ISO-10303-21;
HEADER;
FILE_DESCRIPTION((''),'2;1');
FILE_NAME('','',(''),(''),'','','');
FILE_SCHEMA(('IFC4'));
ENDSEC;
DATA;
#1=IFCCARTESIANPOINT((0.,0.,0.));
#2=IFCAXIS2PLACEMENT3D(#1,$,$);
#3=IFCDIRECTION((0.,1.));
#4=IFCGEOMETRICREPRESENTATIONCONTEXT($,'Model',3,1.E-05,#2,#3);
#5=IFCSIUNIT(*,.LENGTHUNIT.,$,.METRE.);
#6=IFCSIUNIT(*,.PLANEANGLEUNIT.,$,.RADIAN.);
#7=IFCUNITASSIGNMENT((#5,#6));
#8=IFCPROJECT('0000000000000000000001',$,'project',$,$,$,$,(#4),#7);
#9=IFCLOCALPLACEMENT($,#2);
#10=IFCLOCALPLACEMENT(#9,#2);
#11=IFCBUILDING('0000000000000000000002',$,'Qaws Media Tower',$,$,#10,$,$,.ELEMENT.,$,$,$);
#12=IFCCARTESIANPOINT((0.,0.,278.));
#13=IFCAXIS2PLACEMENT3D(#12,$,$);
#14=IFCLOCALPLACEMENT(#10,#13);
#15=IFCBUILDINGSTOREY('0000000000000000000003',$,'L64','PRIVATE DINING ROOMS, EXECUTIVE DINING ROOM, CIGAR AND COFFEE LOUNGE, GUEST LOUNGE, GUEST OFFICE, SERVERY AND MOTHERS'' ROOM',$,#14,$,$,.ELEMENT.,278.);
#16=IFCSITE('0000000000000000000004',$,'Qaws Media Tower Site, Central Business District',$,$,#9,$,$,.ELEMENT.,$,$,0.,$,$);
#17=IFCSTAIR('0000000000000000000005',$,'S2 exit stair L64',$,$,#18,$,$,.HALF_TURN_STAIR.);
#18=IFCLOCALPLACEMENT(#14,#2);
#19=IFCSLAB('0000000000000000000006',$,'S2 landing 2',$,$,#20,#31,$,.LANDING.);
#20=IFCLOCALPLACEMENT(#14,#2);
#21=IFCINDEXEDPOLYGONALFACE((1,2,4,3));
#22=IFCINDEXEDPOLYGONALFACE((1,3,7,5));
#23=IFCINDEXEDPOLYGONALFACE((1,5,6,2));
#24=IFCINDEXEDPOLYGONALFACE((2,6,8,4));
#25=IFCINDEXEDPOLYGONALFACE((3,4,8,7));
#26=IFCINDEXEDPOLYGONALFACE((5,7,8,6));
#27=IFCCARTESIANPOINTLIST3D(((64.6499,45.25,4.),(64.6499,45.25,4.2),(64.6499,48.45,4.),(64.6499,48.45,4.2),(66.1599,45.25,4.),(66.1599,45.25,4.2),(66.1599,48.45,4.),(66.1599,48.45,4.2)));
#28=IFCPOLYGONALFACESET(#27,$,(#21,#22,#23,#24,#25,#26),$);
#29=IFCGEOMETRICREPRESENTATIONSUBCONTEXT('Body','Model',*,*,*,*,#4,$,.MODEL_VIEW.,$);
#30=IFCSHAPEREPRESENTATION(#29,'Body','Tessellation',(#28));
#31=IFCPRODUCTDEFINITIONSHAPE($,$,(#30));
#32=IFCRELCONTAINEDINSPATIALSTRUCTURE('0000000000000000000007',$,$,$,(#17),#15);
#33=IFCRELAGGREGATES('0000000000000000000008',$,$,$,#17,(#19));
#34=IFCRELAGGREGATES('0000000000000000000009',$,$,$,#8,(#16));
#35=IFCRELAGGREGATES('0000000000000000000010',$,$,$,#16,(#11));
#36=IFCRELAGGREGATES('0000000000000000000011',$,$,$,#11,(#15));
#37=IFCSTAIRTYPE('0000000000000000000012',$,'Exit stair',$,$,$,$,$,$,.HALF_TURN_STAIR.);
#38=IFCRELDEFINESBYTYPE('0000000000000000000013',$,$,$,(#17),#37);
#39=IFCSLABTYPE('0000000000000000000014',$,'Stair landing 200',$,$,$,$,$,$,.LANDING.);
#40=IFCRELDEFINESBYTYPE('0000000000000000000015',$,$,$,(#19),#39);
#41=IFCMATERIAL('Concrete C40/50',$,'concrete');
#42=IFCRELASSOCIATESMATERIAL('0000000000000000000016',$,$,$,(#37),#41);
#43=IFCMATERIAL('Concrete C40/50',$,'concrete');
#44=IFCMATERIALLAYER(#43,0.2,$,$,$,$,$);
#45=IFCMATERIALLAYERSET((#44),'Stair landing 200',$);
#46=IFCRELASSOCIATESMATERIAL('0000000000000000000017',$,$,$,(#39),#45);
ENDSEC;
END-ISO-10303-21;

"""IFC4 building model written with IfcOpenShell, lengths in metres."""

from ifc_helpers import new_model, si_unit, direction, frame, origin, place, context, subcontext, project, spatial, polyline, outline, extrude, material, layer, layer_set, type_object, element, aggregate, save


model = new_model("IFC4")

# Units and contexts
model_context = context("Model", 3, precision=1e-05, world=origin(), true_north=direction((0.0, 1.0)))
body_context = subcontext(model_context, "Body", "Model", "MODEL_VIEW")
ifc_project = project(units=[si_unit("LENGTHUNIT", "METRE"), si_unit("PLANEANGLEUNIT", "RADIAN")], contexts=[model_context])

# Site, building, storey
site_placement = place(None, origin())
site = spatial("IfcSite", under=ifc_project, at=site_placement, Name="Qaws Media Tower Site, Central Business District", CompositionType="ELEMENT", RefElevation=0.0)
building_placement = place(site_placement, origin())
building = spatial("IfcBuilding", under=site, at=building_placement, Name="Qaws Media Tower", CompositionType="ELEMENT")
storey_placement = place(building_placement, frame((0.0, 0.0, 278.0)))
storey = spatial("IfcBuildingStorey", under=building, at=storey_placement, Name="L64", Description="PRIVATE DINING ROOMS, EXECUTIVE DINING ROOM, CIGAR AND COFFEE LOUNGE, GUEST LOUNGE, GUEST OFFICE, SERVERY AND MOTHERS' ROOM", CompositionType="ELEMENT", Elevation=278.0)

# Stair, slab
ifc_material_1 = material(Name="Concrete C40/50", Category="concrete")
stair_type = type_object("IfcStairType", Name="Exit stair", PredefinedType="HALF_TURN_STAIR", material=ifc_material_1)
ifc_material_2 = material(Name="Concrete C40/50", Category="concrete")
ifc_layer_1 = layer(ifc_material_2, 0.2)
ifc_layer_set_1 = layer_set([ifc_layer_1], Name="Stair landing 200")
slab_type_1 = type_object("IfcSlabType", Name="Stair landing 200", PredefinedType="LANDING", material=ifc_layer_set_1)
stair_1_placement = place(storey_placement, origin())
stair_1 = element("IfcStair", 1, at=stair_1_placement, inside=storey, type_object=stair_type, Name="S2 exit stair L64", PredefinedType="HALF_TURN_STAIR")
slab_1_placement = place(storey_placement, frame((0.0, 0.0, 4.0)))
slab_1 = element("IfcSlab", 2, at=slab_1_placement, type_object=slab_type_1, Name="S2 landing 2", PredefinedType="LANDING", context=body_context, shape_type="SweptSolid", body=[
    extrude(outline(polyline([(64.6499, 45.25), (66.1599, 45.25), (66.1599, 48.45), (64.6499, 48.45), (64.6499, 45.25)])), origin(), (0.0, 0.0, 1.0), 0.2),
])
aggregate(stair_1, [slab_1])

save(model, "model.ifc")
